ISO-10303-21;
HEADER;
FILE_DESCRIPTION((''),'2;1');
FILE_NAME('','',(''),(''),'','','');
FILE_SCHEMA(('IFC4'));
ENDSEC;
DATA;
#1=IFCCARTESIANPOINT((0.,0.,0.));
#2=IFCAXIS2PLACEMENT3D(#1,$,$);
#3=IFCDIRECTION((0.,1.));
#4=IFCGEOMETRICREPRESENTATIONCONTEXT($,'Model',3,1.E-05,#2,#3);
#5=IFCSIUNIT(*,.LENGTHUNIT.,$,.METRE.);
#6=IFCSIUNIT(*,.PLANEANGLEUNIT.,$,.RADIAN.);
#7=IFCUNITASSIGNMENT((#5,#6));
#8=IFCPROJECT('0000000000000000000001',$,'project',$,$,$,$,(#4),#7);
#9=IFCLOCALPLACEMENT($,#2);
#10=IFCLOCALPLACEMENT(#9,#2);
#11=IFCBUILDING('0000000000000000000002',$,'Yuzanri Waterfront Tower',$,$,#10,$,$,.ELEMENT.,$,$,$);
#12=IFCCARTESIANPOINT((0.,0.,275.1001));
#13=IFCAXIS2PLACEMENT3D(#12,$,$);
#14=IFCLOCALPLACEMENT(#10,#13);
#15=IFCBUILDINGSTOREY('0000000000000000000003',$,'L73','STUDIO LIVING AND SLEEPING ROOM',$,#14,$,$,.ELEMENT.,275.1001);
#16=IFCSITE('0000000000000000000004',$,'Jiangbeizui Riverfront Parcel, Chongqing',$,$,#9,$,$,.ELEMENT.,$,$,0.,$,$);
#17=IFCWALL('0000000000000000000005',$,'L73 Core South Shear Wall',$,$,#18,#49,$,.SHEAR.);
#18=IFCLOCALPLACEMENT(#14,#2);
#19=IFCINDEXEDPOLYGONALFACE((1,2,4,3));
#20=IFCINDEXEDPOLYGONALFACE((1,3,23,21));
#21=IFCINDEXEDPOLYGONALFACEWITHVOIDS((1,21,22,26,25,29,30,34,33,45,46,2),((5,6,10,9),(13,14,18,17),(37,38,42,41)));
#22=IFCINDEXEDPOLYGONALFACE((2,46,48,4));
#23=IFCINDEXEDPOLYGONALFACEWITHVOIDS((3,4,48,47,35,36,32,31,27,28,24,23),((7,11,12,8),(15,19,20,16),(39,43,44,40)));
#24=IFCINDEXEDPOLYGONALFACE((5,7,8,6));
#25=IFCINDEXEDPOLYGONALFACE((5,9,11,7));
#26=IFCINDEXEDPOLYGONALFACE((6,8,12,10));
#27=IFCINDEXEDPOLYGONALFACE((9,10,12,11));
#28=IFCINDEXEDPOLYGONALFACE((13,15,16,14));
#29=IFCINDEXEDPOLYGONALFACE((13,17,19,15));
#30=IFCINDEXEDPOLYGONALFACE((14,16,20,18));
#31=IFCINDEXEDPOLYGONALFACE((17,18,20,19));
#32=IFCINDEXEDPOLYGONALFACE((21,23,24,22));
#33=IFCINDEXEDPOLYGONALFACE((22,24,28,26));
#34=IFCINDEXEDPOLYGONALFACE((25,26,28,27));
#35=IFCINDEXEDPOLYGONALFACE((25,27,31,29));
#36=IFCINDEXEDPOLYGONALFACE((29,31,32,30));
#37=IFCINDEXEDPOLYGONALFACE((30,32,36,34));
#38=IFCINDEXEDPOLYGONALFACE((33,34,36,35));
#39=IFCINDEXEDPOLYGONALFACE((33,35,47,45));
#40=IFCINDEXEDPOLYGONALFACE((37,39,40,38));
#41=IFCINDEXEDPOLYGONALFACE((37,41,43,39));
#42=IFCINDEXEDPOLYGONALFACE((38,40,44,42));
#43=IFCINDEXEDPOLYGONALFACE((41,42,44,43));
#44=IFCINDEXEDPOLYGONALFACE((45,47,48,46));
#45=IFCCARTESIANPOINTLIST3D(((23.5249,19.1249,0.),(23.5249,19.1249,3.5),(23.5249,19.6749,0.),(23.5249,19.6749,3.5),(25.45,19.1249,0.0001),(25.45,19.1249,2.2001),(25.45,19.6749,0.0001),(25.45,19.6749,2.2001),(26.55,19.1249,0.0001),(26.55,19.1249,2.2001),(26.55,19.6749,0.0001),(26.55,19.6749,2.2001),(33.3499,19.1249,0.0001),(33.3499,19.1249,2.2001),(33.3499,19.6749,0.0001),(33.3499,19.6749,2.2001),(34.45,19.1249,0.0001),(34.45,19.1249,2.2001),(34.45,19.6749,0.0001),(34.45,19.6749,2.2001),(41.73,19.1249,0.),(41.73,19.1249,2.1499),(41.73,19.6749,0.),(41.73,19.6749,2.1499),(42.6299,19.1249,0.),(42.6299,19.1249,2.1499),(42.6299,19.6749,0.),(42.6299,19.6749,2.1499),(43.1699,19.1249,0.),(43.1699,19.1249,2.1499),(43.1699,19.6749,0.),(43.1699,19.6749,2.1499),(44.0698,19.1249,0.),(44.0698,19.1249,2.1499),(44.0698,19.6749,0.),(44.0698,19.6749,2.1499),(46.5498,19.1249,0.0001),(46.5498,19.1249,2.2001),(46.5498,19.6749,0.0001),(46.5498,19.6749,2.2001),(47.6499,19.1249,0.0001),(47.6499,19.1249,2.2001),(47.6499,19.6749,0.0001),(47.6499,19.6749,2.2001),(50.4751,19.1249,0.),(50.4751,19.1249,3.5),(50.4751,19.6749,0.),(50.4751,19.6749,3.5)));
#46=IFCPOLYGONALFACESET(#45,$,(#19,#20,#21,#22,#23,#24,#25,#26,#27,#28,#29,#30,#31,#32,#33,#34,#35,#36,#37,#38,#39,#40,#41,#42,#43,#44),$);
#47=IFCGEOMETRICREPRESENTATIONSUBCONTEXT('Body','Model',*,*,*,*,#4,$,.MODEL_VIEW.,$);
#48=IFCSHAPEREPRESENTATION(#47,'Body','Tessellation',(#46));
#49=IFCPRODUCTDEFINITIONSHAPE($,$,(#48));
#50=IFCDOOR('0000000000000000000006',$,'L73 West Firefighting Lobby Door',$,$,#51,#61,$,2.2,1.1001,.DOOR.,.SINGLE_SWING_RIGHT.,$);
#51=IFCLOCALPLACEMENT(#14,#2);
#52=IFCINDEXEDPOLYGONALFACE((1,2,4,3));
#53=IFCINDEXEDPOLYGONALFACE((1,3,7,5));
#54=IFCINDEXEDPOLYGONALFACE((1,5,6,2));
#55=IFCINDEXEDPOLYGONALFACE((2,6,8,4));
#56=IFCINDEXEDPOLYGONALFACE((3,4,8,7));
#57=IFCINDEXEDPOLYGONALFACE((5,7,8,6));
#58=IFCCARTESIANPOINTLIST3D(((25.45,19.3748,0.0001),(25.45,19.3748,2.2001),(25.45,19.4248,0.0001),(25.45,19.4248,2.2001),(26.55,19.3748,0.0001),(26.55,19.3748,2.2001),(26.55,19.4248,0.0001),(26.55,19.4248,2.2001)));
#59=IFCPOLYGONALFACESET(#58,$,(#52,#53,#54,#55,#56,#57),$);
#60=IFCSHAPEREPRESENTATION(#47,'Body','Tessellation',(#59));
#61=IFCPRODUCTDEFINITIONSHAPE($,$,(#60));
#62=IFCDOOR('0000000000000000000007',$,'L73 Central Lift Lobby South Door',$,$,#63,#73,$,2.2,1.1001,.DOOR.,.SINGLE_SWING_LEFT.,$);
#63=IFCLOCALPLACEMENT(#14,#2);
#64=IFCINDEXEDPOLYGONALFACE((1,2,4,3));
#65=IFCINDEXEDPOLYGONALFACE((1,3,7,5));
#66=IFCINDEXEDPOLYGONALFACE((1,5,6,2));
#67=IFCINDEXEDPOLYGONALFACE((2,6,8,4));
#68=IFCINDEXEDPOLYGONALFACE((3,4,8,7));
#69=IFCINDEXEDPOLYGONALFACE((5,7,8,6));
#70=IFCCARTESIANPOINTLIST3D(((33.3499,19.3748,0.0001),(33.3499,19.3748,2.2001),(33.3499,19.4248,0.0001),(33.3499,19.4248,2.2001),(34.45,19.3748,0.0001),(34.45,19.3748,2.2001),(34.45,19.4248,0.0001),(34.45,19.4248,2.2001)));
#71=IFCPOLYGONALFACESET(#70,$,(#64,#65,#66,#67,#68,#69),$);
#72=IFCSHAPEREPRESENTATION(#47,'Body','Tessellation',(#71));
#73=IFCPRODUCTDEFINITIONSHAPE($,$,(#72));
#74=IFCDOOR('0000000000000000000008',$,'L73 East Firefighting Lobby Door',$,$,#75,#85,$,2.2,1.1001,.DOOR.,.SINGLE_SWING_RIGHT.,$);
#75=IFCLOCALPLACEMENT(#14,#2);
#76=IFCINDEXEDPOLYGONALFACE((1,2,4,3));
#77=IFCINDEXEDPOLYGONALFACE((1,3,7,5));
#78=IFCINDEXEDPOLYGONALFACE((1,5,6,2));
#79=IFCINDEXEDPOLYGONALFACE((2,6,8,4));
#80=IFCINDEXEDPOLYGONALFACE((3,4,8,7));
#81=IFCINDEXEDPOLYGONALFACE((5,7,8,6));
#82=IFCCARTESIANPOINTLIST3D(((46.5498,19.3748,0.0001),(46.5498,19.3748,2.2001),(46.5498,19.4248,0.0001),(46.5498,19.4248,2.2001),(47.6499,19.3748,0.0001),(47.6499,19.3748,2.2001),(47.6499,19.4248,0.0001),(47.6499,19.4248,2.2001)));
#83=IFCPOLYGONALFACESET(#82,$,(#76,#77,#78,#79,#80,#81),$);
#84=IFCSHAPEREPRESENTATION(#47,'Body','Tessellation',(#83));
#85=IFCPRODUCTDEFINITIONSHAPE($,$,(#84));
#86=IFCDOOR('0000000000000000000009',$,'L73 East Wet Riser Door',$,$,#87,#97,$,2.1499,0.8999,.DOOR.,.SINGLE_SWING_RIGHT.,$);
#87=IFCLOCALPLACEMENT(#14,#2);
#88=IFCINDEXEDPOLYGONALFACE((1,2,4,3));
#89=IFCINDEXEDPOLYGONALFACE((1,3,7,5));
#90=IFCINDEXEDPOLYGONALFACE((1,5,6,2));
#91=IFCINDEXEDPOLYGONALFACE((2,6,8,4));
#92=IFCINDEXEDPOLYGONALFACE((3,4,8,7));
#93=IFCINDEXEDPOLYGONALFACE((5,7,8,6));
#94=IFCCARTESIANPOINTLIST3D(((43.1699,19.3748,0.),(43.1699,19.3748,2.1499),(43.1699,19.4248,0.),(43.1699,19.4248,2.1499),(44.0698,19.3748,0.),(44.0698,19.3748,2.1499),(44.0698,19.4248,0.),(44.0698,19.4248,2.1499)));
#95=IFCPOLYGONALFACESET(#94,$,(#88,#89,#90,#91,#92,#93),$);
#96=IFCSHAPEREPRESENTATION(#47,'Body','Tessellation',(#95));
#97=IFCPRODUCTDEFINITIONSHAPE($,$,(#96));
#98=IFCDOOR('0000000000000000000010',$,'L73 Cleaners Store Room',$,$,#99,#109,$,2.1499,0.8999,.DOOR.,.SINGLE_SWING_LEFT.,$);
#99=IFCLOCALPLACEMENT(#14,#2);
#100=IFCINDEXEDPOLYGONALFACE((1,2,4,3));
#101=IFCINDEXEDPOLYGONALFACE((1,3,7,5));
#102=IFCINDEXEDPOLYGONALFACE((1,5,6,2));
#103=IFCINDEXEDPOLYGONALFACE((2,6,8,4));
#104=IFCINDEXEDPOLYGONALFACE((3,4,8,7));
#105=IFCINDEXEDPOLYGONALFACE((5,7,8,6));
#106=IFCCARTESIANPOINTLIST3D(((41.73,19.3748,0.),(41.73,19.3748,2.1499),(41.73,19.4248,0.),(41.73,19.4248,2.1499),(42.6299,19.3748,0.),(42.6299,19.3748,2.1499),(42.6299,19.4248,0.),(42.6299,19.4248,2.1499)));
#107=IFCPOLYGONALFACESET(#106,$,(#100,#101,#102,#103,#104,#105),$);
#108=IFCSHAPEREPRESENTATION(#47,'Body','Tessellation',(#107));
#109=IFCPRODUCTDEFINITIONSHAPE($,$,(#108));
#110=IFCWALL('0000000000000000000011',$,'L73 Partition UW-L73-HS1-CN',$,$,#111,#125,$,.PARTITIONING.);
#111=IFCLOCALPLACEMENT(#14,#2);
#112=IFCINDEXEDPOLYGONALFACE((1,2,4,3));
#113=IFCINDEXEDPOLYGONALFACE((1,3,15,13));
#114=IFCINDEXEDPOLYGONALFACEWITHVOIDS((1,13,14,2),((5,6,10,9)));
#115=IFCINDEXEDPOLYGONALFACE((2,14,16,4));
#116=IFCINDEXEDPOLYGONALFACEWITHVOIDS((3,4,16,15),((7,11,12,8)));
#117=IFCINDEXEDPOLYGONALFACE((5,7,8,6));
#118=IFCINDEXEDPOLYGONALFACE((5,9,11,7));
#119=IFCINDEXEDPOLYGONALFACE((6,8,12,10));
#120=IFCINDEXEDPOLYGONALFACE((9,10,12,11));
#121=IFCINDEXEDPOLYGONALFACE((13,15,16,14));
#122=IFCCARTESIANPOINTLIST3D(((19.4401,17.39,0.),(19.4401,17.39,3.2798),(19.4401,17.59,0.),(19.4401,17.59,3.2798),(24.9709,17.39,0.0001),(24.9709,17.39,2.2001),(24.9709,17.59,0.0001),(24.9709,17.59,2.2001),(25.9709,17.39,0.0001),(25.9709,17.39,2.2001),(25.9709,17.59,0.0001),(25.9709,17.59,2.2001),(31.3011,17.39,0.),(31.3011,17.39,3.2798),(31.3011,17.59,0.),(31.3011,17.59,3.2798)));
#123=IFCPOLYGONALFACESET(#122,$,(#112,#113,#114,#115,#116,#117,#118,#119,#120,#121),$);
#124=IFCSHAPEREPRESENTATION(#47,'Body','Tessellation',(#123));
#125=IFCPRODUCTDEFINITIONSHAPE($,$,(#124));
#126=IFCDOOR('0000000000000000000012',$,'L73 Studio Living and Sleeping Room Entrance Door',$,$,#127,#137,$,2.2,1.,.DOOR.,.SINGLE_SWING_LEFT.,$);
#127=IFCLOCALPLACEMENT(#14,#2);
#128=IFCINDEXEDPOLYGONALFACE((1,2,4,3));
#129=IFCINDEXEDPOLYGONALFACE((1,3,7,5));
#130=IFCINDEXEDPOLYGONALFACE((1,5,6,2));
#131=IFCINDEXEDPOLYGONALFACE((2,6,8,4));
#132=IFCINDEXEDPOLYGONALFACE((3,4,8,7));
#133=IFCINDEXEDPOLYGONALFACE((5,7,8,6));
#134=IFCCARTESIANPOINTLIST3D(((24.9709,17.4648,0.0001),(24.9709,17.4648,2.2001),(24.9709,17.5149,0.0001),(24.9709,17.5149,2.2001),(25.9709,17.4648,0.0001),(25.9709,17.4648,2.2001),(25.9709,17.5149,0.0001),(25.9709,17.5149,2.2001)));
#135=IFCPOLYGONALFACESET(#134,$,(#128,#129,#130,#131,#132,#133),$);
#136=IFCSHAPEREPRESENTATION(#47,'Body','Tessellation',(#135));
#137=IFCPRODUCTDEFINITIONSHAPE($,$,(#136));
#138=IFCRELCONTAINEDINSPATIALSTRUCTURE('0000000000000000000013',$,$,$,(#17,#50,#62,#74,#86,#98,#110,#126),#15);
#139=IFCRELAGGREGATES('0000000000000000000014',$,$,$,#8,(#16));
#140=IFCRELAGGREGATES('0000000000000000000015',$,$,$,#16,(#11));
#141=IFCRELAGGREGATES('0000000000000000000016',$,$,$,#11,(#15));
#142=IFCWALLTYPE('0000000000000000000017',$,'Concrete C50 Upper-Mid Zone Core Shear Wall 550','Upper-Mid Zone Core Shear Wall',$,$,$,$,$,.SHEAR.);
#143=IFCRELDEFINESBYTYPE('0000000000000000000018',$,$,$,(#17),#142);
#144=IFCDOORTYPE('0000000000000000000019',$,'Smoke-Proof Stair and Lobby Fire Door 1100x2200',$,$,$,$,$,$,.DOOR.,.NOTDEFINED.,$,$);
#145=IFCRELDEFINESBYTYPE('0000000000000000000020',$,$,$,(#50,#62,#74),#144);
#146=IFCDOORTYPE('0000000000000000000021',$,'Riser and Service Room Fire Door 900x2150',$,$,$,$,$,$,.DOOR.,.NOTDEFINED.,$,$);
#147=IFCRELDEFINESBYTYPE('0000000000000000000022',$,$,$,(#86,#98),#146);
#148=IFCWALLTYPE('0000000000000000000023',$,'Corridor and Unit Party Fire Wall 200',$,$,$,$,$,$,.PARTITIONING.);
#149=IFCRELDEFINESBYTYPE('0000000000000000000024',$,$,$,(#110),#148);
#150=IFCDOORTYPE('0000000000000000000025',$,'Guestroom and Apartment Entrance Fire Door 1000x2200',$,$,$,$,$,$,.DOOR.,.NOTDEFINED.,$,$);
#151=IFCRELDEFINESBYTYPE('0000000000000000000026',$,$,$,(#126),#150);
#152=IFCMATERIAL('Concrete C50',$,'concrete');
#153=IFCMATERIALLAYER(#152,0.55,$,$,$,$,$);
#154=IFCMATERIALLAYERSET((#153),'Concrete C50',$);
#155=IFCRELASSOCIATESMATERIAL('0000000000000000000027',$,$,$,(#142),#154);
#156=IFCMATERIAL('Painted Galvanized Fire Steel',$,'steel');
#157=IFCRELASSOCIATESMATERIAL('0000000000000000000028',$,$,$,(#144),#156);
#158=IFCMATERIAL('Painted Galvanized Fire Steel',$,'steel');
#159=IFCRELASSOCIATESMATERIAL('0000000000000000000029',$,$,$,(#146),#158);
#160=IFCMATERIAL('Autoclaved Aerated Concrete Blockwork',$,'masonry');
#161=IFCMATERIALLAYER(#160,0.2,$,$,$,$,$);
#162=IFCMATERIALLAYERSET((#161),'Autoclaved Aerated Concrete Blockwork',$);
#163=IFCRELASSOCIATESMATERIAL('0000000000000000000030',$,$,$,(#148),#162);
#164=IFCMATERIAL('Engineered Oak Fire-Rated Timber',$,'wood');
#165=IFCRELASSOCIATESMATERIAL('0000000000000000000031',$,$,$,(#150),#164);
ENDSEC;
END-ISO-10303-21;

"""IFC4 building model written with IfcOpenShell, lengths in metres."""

from ifc_helpers import new_model, si_unit, direction, frame, frame_2d, origin, place, context, subcontext, project, spatial, rectangle, extrude, source, transform, mapped, material, layer, layer_set, type_object, element, fill, save


model = new_model("IFC4")

# Units and contexts
model_context = context("Model", 3, precision=1e-05, world=origin(), true_north=direction((0.0, 1.0)))
body_context = subcontext(model_context, "Body", "Model", "MODEL_VIEW")
ifc_project = project(units=[si_unit("LENGTHUNIT", "METRE"), si_unit("PLANEANGLEUNIT", "RADIAN")], contexts=[model_context])

# Site, building, storey
site_placement = place(None, origin())
site = spatial("IfcSite", under=ifc_project, at=site_placement, Name="Jiangbeizui Riverfront Parcel, Chongqing", CompositionType="ELEMENT", RefElevation=0.0)
building_placement = place(site_placement, origin())
building = spatial("IfcBuilding", under=site, at=building_placement, Name="Yuzanri Waterfront Tower", CompositionType="ELEMENT")
storey_placement = place(building_placement, frame((0.0, 0.0, 275.1001)))
storey = spatial("IfcBuildingStorey", under=building, at=storey_placement, Name="L73", Description="STUDIO LIVING AND SLEEPING ROOM", CompositionType="ELEMENT", Elevation=275.1001)

# Wall, openings, doors
ifc_material_1 = material(Name="Concrete C50", Category="concrete")
ifc_layer_1 = layer(ifc_material_1, 0.55)
ifc_layer_set_1 = layer_set([ifc_layer_1], Name="Concrete C50")
wall_type_1 = type_object("IfcWallType", Name="Concrete C50 Upper-Mid Zone Core Shear Wall 550", Description="Upper-Mid Zone Core Shear Wall", PredefinedType="SHEAR", material=ifc_layer_set_1)
wall_1_placement = place(storey_placement, frame((23.5249, 19.3999, 0.0), z_axis=(0.0, 0.0, 1.0), x_axis=(1.0, 0.0, 0.0)))
wall_1 = element("IfcWall", 1, at=wall_1_placement, inside=storey, type_object=wall_type_1, Name="L73 Core South Shear Wall", PredefinedType="SHEAR", context=body_context, shape_type="SweptSolid", body=[
    extrude(rectangle(XDim=26.9502, YDim=0.55, at=frame_2d((13.4751, 0.0))), origin(), (0.0, 0.0, 1.0), 3.5),
])
opening_1_placement = place(wall_1_placement, frame((1.925, 0.0, 0.0)))
opening_1 = element("IfcOpeningElement", 2, at=opening_1_placement, cuts=wall_1, PredefinedType="OPENING", context=body_context, shape_type="SweptSolid", body=[
    extrude(rectangle(XDim=1.1001, YDim=2.2, at=frame_2d((0.55, 1.1001))), frame((0.0, 0.29, 0.0), z_axis=(0.0, -1.0, 0.0), x_axis=(1.0, 0.0, 0.0)), (0.0, 0.0, 1.0), 0.5798),
])
opening_2_placement = place(wall_1_placement, frame((9.825, 0.0, 0.0)))
opening_2 = element("IfcOpeningElement", 3, at=opening_2_placement, cuts=wall_1, PredefinedType="OPENING", context=body_context, shape_type="SweptSolid", body=[
    extrude(rectangle(XDim=1.1001, YDim=2.2, at=frame_2d((0.55, 1.1001))), frame((0.0, 0.29, 0.0), z_axis=(0.0, -1.0, 0.0), x_axis=(1.0, 0.0, 0.0)), (0.0, 0.0, 1.0), 0.5798),
])
opening_3_placement = place(wall_1_placement, frame((23.0249, 0.0, 0.0)))
opening_3 = element("IfcOpeningElement", 4, at=opening_3_placement, cuts=wall_1, PredefinedType="OPENING", context=body_context, shape_type="SweptSolid", body=[
    extrude(rectangle(XDim=1.1001, YDim=2.2, at=frame_2d((0.55, 1.1001))), frame((0.0, 0.29, 0.0), z_axis=(0.0, -1.0, 0.0), x_axis=(1.0, 0.0, 0.0)), (0.0, 0.0, 1.0), 0.5798),
])
opening_4_placement = place(wall_1_placement, frame((19.645, 0.0, 0.0)))
opening_4 = element("IfcOpeningElement", 5, at=opening_4_placement, cuts=wall_1, PredefinedType="OPENING", context=body_context, shape_type="SweptSolid", body=[
    extrude(rectangle(XDim=0.8999, YDim=2.1499, at=frame_2d((0.45, 1.075))), frame((0.0, 0.29, 0.0), z_axis=(0.0, -1.0, 0.0), x_axis=(1.0, 0.0, 0.0)), (0.0, 0.0, 1.0), 0.5798),
])
opening_5_placement = place(wall_1_placement, frame((18.2051, 0.0, 0.0)))
opening_5 = element("IfcOpeningElement", 6, at=opening_5_placement, cuts=wall_1, PredefinedType="OPENING", context=body_context, shape_type="SweptSolid", body=[
    extrude(rectangle(XDim=0.8999, YDim=2.1499, at=frame_2d((0.45, 1.075))), frame((0.0, 0.29, 0.0), z_axis=(0.0, -1.0, 0.0), x_axis=(1.0, 0.0, 0.0)), (0.0, 0.0, 1.0), 0.5798),
])
ifc_material_2 = material(Name="Painted Galvanized Fire Steel", Category="steel")
door_type_1 = type_object("IfcDoorType", Name="Smoke-Proof Stair and Lobby Fire Door 1100x2200", OperationType="NOTDEFINED", PredefinedType="DOOR", material=ifc_material_2)
shared_shape_1 = source(origin(), body_context, "Body", "SweptSolid", [
    extrude(rectangle(XDim=1.1001, YDim=2.2, at=frame_2d((0.55, 1.1001))), frame((0.0, 0.0249, 0.0), z_axis=(0.0, -1.0, 0.0), x_axis=(1.0, 0.0, 0.0)), (0.0, 0.0, 1.0), 0.05),
])
door_1_placement = place(opening_1_placement, origin())
door_1 = element("IfcDoor", 7, at=door_1_placement, inside=storey, type_object=door_type_1, Name="L73 West Firefighting Lobby Door", OperationType="SINGLE_SWING_RIGHT", OverallHeight=2.2, OverallWidth=1.1001, PredefinedType="DOOR", context=body_context, shape_type="MappedRepresentation", body=[
    mapped(shared_shape_1, transform((0.0, 0.0, 0.0), scale=1.0)),
])
fill(opening_1, door_1)
door_2_placement = place(opening_2_placement, origin())
door_2 = element("IfcDoor", 8, at=door_2_placement, inside=storey, type_object=door_type_1, Name="L73 Central Lift Lobby South Door", OperationType="SINGLE_SWING_LEFT", OverallHeight=2.2, OverallWidth=1.1001, PredefinedType="DOOR", context=body_context, shape_type="MappedRepresentation", body=[
    mapped(shared_shape_1, transform((0.0, 0.0, 0.0), scale=1.0)),
])
fill(opening_2, door_2)
door_3_placement = place(opening_3_placement, origin())
door_3 = element("IfcDoor", 9, at=door_3_placement, inside=storey, type_object=door_type_1, Name="L73 East Firefighting Lobby Door", OperationType="SINGLE_SWING_RIGHT", OverallHeight=2.2, OverallWidth=1.1001, PredefinedType="DOOR", context=body_context, shape_type="MappedRepresentation", body=[
    mapped(shared_shape_1, transform((0.0, 0.0, 0.0), scale=1.0)),
])
fill(opening_3, door_3)
ifc_material_3 = material(Name="Painted Galvanized Fire Steel", Category="steel")
door_type_2 = type_object("IfcDoorType", Name="Riser and Service Room Fire Door 900x2150", OperationType="NOTDEFINED", PredefinedType="DOOR", material=ifc_material_3)
shared_shape_2 = source(origin(), body_context, "Body", "SweptSolid", [
    extrude(rectangle(XDim=0.8999, YDim=2.1499, at=frame_2d((0.45, 1.075))), frame((0.0, 0.0249, 0.0), z_axis=(0.0, -1.0, 0.0), x_axis=(1.0, 0.0, 0.0)), (0.0, 0.0, 1.0), 0.05),
])
door_4_placement = place(opening_4_placement, origin())
door_4 = element("IfcDoor", 10, at=door_4_placement, inside=storey, type_object=door_type_2, Name="L73 East Wet Riser Door", OperationType="SINGLE_SWING_RIGHT", OverallHeight=2.1499, OverallWidth=0.8999, PredefinedType="DOOR", context=body_context, shape_type="MappedRepresentation", body=[
    mapped(shared_shape_2, transform((0.0, 0.0, 0.0), scale=1.0)),
])
fill(opening_4, door_4)
door_5_placement = place(opening_5_placement, origin())
door_5 = element("IfcDoor", 11, at=door_5_placement, inside=storey, type_object=door_type_2, Name="L73 Cleaners Store Room", OperationType="SINGLE_SWING_LEFT", OverallHeight=2.1499, OverallWidth=0.8999, PredefinedType="DOOR", context=body_context, shape_type="MappedRepresentation", body=[
    mapped(shared_shape_2, transform((0.0, 0.0, 0.0), scale=1.0)),
])
fill(opening_5, door_5)

# Wall, opening, door
ifc_material_4 = material(Name="Autoclaved Aerated Concrete Blockwork", Category="masonry")
ifc_layer_2 = layer(ifc_material_4, 0.2)
ifc_layer_set_2 = layer_set([ifc_layer_2], Name="Autoclaved Aerated Concrete Blockwork")
wall_type_2 = type_object("IfcWallType", Name="Corridor and Unit Party Fire Wall 200", PredefinedType="PARTITIONING", material=ifc_layer_set_2)
wall_2_placement = place(storey_placement, frame((19.4399, 17.49, 0.0), z_axis=(0.0, 0.0, 1.0), x_axis=(1.0, 0.0, 0.0)))
wall_2 = element("IfcWall", 12, at=wall_2_placement, inside=storey, type_object=wall_type_2, Name="L73 Partition UW-L73-HS1-CN", PredefinedType="PARTITIONING", context=body_context, shape_type="SweptSolid", body=[
    extrude(rectangle(XDim=11.8611, YDim=0.2, at=frame_2d((5.9307, 0.0))), origin(), (0.0, 0.0, 1.0), 3.2798),
])
opening_6_placement = place(wall_2_placement, frame((5.531, 0.0, 0.0)))
opening_6 = element("IfcOpeningElement", 13, at=opening_6_placement, cuts=wall_2, PredefinedType="OPENING", context=body_context, shape_type="SweptSolid", body=[
    extrude(rectangle(XDim=1.0, YDim=2.2, at=frame_2d((0.5, 1.1001))), frame((0.0, 0.1147, 0.0), z_axis=(0.0, -1.0, 0.0), x_axis=(1.0, 0.0, 0.0)), (0.0, 0.0, 1.0), 0.2297),
])
ifc_material_5 = material(Name="Engineered Oak Fire-Rated Timber", Category="wood")
door_type_3 = type_object("IfcDoorType", Name="Guestroom and Apartment Entrance Fire Door 1000x2200", OperationType="NOTDEFINED", PredefinedType="DOOR", material=ifc_material_5)
shared_shape_3 = source(origin(), body_context, "Body", "SweptSolid", [
    extrude(rectangle(XDim=1.0, YDim=2.2, at=frame_2d((0.5, 1.1001))), frame((0.0, 0.0249, 0.0), z_axis=(0.0, -1.0, 0.0), x_axis=(1.0, 0.0, 0.0)), (0.0, 0.0, 1.0), 0.05),
])
door_6_placement = place(opening_6_placement, origin())
door_6 = element("IfcDoor", 14, at=door_6_placement, inside=storey, type_object=door_type_3, Name="L73 Studio Living and Sleeping Room Entrance Door", OperationType="SINGLE_SWING_LEFT", OverallHeight=2.2, OverallWidth=1.0, PredefinedType="DOOR", context=body_context, shape_type="MappedRepresentation", body=[
    mapped(shared_shape_3, transform((0.0, 0.0, 0.0), scale=1.0)),
])
fill(opening_6, door_6)

save(model, "model.ifc")
